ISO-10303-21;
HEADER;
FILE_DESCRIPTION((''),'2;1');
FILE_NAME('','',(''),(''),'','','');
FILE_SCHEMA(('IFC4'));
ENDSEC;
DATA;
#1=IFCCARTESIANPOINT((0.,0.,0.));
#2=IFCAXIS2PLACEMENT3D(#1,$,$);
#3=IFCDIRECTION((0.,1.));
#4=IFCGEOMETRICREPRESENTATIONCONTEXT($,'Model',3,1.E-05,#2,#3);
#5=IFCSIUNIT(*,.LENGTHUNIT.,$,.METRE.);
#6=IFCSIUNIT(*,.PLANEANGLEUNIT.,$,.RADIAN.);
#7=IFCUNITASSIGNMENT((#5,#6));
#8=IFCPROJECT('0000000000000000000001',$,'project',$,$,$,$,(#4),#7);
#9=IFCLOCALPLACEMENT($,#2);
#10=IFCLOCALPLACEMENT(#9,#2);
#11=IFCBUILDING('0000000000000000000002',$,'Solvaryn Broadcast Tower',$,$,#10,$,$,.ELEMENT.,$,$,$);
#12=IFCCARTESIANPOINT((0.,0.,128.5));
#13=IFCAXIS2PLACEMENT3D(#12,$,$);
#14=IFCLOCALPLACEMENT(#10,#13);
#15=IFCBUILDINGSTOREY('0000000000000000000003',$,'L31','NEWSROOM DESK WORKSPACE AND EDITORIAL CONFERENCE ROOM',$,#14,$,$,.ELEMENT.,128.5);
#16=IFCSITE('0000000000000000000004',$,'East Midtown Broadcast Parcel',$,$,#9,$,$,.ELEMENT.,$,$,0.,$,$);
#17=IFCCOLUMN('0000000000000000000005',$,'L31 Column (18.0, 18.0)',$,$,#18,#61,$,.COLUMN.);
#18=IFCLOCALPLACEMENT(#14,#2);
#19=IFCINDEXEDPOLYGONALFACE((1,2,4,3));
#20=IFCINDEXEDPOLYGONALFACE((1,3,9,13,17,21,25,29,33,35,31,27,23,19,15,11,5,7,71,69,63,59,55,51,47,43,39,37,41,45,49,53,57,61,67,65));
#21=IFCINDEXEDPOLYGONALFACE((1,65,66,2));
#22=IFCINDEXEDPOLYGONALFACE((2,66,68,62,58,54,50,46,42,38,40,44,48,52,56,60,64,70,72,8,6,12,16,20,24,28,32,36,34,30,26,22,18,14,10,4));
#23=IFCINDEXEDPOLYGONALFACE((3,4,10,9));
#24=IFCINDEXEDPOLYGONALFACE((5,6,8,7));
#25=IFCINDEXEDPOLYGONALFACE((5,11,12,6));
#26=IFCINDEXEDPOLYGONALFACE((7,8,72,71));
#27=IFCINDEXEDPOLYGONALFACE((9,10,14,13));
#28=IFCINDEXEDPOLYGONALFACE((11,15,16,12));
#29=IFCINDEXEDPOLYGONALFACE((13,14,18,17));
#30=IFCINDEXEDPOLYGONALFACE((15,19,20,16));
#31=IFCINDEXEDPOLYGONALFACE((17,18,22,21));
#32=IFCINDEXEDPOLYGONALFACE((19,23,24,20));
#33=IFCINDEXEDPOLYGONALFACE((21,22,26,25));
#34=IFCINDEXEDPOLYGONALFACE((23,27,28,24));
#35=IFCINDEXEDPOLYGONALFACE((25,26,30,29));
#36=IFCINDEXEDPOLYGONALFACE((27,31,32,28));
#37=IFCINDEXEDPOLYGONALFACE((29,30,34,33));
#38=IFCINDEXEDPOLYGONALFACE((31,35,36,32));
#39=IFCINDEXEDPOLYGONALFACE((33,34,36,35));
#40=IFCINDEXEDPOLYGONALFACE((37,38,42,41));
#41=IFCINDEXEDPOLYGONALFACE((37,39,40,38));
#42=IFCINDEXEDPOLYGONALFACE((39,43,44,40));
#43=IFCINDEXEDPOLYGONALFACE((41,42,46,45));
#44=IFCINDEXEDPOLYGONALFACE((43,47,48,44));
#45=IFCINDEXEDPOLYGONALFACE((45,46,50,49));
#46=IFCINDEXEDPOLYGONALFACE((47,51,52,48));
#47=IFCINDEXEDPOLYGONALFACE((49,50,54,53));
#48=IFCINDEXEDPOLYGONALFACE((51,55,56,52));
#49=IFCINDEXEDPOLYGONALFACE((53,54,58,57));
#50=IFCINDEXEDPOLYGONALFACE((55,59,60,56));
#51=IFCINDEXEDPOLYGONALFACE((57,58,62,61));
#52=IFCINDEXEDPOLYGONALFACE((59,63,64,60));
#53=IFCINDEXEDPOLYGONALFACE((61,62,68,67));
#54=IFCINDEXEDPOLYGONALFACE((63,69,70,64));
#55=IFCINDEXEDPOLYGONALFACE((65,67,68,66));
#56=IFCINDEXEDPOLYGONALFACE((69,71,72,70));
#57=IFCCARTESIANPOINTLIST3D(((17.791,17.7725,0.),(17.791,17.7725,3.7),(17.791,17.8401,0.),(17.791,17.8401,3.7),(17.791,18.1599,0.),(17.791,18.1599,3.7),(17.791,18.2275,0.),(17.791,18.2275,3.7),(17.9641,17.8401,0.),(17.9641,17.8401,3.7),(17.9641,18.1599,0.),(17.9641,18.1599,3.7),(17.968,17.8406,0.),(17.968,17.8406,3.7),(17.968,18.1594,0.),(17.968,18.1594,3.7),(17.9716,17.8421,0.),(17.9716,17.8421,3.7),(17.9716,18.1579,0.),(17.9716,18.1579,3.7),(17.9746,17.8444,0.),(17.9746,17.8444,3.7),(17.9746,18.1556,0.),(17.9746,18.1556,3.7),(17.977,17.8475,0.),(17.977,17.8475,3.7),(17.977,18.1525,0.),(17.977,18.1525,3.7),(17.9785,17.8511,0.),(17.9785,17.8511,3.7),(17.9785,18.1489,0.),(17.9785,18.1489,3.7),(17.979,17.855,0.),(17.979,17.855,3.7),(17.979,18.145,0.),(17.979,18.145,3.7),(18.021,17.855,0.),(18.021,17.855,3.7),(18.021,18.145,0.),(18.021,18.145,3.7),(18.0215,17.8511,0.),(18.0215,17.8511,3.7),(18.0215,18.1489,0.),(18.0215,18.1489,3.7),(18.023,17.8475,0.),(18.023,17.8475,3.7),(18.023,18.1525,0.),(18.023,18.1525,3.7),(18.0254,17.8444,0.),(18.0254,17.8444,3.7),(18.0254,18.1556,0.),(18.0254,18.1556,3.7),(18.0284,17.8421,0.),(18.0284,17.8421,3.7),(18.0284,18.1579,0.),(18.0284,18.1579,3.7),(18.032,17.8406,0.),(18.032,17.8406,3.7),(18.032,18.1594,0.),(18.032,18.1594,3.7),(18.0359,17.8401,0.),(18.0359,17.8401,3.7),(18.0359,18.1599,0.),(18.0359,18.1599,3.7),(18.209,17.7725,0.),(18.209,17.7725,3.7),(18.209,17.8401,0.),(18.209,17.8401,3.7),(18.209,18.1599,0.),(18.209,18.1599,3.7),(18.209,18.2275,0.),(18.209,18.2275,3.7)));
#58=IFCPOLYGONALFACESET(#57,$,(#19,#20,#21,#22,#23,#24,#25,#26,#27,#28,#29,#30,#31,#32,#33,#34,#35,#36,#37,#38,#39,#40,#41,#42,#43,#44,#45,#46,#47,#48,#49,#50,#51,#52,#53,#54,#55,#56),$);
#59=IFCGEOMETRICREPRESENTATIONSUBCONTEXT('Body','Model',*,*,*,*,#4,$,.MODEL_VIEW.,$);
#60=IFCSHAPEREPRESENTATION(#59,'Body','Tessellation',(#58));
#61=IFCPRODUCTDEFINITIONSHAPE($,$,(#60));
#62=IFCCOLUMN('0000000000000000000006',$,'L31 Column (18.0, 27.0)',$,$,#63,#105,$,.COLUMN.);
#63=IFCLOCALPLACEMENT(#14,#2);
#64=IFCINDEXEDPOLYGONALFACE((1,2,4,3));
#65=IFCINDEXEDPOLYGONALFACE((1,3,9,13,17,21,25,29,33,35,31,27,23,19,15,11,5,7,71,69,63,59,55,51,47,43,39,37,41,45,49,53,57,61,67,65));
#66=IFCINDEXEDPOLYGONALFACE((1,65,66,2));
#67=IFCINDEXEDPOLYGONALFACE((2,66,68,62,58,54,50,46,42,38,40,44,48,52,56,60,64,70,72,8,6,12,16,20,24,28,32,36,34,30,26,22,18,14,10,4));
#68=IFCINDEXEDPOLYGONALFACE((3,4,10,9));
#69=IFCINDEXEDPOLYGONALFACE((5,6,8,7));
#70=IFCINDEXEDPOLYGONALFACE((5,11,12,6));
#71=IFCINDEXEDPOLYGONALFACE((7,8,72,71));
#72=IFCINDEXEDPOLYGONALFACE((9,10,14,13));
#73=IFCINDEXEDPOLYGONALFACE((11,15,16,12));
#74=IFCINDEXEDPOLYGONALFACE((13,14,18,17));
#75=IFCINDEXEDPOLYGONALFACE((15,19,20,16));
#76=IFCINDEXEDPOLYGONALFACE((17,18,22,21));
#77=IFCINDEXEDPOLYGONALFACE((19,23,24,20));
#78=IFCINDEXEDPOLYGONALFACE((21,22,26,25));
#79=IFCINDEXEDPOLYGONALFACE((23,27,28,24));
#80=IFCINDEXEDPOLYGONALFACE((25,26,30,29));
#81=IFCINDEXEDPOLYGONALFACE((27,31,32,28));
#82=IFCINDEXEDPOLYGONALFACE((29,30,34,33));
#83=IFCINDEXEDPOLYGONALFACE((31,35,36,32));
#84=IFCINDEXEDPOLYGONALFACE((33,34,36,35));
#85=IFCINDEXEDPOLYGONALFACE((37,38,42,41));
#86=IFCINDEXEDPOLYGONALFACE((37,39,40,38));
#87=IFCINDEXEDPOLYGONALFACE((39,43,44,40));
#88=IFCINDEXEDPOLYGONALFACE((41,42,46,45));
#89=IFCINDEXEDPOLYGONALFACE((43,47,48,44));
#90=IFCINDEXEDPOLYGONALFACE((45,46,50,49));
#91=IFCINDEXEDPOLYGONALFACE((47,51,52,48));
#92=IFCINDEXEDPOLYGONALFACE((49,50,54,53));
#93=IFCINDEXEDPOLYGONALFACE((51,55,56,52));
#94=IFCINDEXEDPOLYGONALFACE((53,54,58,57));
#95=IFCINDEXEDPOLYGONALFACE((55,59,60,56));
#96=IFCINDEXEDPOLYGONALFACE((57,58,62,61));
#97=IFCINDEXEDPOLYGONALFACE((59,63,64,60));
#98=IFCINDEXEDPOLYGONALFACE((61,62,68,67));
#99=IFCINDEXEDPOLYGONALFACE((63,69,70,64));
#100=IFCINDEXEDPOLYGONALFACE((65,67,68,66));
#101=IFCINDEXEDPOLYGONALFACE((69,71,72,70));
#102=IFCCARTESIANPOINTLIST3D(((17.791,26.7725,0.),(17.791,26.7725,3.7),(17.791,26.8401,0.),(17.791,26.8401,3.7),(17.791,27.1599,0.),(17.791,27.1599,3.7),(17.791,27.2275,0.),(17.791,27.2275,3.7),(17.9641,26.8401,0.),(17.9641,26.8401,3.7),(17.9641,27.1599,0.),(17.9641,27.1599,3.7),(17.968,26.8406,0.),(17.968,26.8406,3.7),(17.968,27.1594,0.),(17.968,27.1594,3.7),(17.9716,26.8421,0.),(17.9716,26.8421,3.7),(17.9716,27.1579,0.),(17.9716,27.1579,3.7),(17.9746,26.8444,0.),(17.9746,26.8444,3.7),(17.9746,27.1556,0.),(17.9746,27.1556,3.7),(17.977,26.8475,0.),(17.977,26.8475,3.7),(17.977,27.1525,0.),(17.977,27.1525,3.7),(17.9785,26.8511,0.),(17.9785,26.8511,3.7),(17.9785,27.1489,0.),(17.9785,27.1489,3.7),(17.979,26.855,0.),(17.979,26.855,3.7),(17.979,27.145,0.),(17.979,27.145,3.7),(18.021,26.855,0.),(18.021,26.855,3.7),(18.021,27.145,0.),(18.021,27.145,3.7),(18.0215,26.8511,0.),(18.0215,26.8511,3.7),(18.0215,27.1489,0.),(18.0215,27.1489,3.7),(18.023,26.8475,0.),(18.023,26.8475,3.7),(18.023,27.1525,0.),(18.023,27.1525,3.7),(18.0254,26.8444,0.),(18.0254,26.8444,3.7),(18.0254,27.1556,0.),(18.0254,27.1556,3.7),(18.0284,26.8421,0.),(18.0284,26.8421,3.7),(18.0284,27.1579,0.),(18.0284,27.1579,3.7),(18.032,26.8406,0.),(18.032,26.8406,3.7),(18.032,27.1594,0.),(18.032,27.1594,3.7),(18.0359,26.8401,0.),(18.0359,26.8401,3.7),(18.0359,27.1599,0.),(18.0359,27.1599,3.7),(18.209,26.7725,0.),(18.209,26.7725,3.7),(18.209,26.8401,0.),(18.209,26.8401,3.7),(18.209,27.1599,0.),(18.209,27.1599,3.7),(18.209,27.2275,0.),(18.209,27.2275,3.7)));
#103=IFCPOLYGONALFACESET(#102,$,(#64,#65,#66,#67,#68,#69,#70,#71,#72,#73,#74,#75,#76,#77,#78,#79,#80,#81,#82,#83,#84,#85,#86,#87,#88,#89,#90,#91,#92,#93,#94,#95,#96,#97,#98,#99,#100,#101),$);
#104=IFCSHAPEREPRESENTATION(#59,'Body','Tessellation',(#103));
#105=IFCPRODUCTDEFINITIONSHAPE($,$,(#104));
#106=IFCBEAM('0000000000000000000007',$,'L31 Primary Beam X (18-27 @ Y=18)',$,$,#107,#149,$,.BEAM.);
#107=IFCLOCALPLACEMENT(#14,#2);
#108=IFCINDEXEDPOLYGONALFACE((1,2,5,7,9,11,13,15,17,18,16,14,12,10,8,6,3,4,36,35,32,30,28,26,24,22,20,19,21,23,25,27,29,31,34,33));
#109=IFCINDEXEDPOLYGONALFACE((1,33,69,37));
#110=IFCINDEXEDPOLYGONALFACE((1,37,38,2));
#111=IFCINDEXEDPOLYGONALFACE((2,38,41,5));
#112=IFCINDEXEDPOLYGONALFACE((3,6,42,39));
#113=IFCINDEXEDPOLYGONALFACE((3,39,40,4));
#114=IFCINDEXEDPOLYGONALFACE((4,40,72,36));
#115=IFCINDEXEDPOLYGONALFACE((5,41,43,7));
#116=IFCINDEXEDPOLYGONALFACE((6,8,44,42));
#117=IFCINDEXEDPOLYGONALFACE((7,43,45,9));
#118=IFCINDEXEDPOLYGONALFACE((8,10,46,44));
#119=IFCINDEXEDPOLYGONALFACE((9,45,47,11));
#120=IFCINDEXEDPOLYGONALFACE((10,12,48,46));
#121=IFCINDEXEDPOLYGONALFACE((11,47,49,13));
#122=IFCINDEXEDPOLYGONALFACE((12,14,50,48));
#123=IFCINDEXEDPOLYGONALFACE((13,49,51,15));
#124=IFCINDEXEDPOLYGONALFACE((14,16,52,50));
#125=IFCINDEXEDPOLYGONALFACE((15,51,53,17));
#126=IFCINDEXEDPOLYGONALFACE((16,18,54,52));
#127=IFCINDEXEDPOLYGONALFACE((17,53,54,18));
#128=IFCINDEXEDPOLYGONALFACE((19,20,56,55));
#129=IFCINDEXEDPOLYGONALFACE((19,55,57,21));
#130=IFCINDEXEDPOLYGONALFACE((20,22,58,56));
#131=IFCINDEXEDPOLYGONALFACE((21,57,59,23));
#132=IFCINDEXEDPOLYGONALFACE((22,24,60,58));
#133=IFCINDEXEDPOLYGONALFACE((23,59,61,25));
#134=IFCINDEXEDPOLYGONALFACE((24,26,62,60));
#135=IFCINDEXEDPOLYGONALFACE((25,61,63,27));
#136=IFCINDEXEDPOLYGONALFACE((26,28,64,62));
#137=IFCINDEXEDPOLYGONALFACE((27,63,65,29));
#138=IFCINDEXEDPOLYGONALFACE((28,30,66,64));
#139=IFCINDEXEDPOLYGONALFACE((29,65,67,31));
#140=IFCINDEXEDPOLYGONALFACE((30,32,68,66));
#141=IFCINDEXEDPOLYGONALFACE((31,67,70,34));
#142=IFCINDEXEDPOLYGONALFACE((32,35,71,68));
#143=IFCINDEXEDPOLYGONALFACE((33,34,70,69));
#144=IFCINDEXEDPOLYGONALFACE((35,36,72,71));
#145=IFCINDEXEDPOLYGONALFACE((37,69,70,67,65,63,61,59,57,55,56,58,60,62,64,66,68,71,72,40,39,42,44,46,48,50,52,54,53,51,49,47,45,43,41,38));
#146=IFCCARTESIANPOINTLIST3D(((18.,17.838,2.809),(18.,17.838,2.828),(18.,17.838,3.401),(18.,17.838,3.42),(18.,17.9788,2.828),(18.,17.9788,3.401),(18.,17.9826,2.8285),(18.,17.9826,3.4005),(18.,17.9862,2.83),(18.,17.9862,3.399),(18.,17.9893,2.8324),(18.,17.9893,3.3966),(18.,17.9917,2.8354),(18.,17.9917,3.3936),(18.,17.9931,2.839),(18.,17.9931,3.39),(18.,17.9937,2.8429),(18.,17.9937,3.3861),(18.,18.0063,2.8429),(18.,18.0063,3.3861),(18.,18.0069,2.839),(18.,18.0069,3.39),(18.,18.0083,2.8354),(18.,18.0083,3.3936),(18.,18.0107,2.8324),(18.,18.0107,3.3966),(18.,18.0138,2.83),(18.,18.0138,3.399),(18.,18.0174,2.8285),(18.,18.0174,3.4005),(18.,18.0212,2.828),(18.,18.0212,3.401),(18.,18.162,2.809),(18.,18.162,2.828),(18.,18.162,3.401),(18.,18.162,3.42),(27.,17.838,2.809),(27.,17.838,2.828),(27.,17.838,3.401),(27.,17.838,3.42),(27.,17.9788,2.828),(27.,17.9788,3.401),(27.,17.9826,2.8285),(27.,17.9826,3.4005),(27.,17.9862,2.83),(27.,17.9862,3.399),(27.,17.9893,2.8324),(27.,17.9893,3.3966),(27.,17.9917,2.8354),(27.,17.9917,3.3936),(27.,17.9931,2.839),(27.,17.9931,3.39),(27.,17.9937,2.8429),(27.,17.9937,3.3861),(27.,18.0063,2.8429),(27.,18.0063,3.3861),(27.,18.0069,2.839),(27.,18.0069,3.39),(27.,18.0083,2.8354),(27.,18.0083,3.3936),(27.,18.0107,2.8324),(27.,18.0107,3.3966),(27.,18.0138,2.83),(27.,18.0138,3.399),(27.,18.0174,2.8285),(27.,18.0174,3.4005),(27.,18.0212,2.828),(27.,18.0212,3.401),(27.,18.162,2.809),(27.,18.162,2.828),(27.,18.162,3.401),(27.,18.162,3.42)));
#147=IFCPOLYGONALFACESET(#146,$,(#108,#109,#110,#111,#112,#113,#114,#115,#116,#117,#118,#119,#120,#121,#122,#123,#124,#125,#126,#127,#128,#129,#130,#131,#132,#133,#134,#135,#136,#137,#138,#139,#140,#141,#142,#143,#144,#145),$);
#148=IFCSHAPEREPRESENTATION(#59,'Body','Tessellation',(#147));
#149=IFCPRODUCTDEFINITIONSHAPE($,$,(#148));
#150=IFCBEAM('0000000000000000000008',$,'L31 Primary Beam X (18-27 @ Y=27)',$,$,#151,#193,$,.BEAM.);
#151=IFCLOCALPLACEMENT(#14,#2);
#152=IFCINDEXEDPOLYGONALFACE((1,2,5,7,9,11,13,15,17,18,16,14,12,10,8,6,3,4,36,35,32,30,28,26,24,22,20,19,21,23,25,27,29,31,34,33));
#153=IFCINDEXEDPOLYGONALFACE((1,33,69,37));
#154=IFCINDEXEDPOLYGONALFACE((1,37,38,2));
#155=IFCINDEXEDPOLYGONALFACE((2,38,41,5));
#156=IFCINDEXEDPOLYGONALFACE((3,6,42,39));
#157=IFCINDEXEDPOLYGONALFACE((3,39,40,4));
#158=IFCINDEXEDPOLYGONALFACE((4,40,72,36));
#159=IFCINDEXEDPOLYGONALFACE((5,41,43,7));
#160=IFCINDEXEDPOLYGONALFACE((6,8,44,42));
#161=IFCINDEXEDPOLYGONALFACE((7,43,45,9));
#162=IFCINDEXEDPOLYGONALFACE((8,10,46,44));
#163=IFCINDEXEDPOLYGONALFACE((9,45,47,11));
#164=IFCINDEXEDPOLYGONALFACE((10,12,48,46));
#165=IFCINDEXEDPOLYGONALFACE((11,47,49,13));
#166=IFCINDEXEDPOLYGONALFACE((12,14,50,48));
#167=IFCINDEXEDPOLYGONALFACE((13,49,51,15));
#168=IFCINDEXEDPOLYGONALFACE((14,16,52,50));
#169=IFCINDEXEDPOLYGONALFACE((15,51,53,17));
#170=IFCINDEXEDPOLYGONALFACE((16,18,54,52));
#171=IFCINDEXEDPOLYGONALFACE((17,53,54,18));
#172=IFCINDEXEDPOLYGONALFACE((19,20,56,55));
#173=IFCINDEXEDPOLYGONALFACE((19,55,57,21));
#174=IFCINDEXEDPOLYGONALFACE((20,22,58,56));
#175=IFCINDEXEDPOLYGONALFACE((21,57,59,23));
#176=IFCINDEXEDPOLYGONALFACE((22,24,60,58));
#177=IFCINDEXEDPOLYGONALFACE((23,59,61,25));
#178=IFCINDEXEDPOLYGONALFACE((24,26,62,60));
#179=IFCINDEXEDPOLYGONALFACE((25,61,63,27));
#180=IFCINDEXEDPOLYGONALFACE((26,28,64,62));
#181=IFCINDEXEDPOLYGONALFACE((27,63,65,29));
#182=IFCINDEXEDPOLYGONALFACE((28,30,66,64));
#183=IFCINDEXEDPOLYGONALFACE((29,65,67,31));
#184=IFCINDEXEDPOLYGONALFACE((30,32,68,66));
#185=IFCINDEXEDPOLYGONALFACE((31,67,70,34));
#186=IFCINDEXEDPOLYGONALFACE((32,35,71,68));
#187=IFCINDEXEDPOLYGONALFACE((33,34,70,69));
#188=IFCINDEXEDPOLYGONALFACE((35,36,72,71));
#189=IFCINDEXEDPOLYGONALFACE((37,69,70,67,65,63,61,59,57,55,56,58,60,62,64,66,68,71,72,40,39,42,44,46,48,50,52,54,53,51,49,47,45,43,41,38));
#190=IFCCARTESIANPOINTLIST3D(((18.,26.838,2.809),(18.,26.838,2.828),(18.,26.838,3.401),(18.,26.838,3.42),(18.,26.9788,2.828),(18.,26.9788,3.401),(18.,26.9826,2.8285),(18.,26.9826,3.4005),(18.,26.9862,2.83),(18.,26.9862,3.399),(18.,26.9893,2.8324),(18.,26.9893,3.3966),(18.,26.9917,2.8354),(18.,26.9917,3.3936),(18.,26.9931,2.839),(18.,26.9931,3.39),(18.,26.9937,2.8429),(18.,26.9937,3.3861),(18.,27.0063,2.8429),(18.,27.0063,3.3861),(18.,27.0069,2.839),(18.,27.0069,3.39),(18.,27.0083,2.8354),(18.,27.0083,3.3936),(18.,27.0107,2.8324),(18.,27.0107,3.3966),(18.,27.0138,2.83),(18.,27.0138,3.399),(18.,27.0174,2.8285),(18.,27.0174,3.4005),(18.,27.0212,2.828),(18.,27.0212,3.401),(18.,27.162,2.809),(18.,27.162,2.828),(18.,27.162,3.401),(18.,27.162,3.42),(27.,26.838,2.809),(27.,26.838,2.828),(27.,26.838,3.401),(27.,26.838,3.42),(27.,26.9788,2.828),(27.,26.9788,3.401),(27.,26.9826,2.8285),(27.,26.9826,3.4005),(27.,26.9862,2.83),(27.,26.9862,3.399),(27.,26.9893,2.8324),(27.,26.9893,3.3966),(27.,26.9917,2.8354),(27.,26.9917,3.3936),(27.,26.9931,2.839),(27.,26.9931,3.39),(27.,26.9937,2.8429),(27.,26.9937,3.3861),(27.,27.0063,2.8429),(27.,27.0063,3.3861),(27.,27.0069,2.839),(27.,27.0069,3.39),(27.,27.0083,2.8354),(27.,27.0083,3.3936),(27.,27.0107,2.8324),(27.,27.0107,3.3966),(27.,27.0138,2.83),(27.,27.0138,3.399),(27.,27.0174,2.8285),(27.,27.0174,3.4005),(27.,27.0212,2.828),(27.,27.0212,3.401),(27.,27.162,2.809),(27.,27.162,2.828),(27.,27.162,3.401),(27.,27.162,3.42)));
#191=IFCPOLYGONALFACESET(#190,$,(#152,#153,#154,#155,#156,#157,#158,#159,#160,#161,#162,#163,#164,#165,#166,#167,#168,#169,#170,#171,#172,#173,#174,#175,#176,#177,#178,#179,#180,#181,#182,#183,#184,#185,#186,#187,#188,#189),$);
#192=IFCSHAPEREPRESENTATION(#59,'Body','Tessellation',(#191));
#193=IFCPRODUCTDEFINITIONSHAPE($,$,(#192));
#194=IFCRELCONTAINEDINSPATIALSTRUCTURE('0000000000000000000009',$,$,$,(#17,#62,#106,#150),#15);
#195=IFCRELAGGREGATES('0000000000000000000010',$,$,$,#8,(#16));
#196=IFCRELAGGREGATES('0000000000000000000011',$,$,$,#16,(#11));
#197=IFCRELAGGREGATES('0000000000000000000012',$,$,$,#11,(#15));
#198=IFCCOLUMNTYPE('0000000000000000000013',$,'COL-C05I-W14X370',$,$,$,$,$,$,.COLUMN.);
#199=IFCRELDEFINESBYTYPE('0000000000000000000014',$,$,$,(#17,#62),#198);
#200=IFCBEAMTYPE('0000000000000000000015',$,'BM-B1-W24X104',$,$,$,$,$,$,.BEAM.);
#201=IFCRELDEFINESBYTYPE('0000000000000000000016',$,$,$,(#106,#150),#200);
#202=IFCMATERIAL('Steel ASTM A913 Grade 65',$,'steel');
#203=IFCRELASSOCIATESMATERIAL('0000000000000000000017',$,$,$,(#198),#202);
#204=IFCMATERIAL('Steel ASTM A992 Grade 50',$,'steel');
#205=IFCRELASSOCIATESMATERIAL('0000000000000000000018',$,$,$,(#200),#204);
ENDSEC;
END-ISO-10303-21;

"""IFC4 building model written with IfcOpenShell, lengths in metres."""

from ifc_helpers import new_model, si_unit, direction, frame, origin, origin_2d, place, context, subcontext, project, spatial, i_section, extrude, material, material_profile, profile_set, type_object, element, save


model = new_model("IFC4")

# Units and contexts
model_context = context("Model", 3, precision=1e-05, world=origin(), true_north=direction((0.0, 1.0)))
body_context = subcontext(model_context, "Body", "Model", "MODEL_VIEW")
ifc_project = project(units=[si_unit("LENGTHUNIT", "METRE"), si_unit("PLANEANGLEUNIT", "RADIAN")], contexts=[model_context])

# Site, building, storey
site_placement = place(None, origin())
site = spatial("IfcSite", under=ifc_project, at=site_placement, Name="East Midtown Broadcast Parcel", CompositionType="ELEMENT", RefElevation=0.0)
building_placement = place(site_placement, origin())
building = spatial("IfcBuilding", under=site, at=building_placement, Name="Solvaryn Broadcast Tower", CompositionType="ELEMENT")
storey_placement = place(building_placement, frame((0.0, 0.0, 128.5)))
storey = spatial("IfcBuildingStorey", under=building, at=storey_placement, Name="L31", Description="NEWSROOM DESK WORKSPACE AND EDITORIAL CONFERENCE ROOM", CompositionType="ELEMENT", Elevation=128.5)

# Columns
ifc_material_1 = material(Name="Steel ASTM A913 Grade 65", Category="steel")
ifc_material_profile_1 = material_profile(ifc_material_1, i_section(OverallWidth=0.418, OverallDepth=0.4551, WebThickness=0.042, FlangeThickness=0.0676, FilletRadius=0.0149, at=origin_2d()))
ifc_profile_set_1 = profile_set([ifc_material_profile_1], Name="Steel ASTM A913 Grade 65")
column_type = type_object("IfcColumnType", Name="COL-C05I-W14X370", PredefinedType="COLUMN", material=ifc_profile_set_1)
for number, where, z_axis, x_axis, name in (
    (1, (18.0, 18.0, 0.0), (0.0, 0.0, 1.0), (1.0, 0.0, 0.0), "L31 Column (18.0, 18.0)"),
    (2, (18.0, 27.0, 0.0), (0.0, 0.0, 1.0), (1.0, 0.0, 0.0), "L31 Column (18.0, 27.0)"),
):
    element("IfcColumn", number, at=place(storey_placement, frame(where, z_axis=z_axis, x_axis=x_axis)), inside=storey, type_object=column_type, Name=name, PredefinedType="COLUMN", context=body_context, shape_type="SweptSolid", body=[
        extrude(i_section(OverallWidth=0.418, OverallDepth=0.4551, WebThickness=0.042, FlangeThickness=0.0676, FilletRadius=0.0149, at=origin_2d()), origin(), (0.0, 0.0, 1.0), 3.7),
    ])

# Beams
ifc_material_2 = material(Name="Steel ASTM A992 Grade 50", Category="steel")
ifc_material_profile_2 = material_profile(ifc_material_2, i_section(OverallWidth=0.324, OverallDepth=0.6111, WebThickness=0.0127, FlangeThickness=0.019, FilletRadius=0.0149, at=origin_2d()))
ifc_profile_set_2 = profile_set([ifc_material_profile_2], Name="Steel ASTM A992 Grade 50")
beam_type_1 = type_object("IfcBeamType", Name="BM-B1-W24X104", PredefinedType="BEAM", material=ifc_profile_set_2)
for number, where, z_axis, x_axis, name in (
    (3, (18.0, 18.0, 3.1145), (1.0, 0.0, 0.0), (0.0, 1.0, 0.0), "L31 Primary Beam X (18-27 @ Y=18)"),
    (4, (18.0, 27.0, 3.1145), (1.0, 0.0, 0.0), (0.0, 1.0, 0.0), "L31 Primary Beam X (18-27 @ Y=27)"),
):
    element("IfcBeam", number, at=place(storey_placement, frame(where, z_axis=z_axis, x_axis=x_axis)), inside=storey, type_object=beam_type_1, Name=name, PredefinedType="BEAM", context=body_context, shape_type="SweptSolid", body=[
        extrude(i_section(OverallWidth=0.324, OverallDepth=0.6111, WebThickness=0.0127, FlangeThickness=0.019, FilletRadius=0.0149, at=origin_2d()), origin(), (0.0, 0.0, 1.0), 9.0),
    ])

save(model, "model.ifc")
